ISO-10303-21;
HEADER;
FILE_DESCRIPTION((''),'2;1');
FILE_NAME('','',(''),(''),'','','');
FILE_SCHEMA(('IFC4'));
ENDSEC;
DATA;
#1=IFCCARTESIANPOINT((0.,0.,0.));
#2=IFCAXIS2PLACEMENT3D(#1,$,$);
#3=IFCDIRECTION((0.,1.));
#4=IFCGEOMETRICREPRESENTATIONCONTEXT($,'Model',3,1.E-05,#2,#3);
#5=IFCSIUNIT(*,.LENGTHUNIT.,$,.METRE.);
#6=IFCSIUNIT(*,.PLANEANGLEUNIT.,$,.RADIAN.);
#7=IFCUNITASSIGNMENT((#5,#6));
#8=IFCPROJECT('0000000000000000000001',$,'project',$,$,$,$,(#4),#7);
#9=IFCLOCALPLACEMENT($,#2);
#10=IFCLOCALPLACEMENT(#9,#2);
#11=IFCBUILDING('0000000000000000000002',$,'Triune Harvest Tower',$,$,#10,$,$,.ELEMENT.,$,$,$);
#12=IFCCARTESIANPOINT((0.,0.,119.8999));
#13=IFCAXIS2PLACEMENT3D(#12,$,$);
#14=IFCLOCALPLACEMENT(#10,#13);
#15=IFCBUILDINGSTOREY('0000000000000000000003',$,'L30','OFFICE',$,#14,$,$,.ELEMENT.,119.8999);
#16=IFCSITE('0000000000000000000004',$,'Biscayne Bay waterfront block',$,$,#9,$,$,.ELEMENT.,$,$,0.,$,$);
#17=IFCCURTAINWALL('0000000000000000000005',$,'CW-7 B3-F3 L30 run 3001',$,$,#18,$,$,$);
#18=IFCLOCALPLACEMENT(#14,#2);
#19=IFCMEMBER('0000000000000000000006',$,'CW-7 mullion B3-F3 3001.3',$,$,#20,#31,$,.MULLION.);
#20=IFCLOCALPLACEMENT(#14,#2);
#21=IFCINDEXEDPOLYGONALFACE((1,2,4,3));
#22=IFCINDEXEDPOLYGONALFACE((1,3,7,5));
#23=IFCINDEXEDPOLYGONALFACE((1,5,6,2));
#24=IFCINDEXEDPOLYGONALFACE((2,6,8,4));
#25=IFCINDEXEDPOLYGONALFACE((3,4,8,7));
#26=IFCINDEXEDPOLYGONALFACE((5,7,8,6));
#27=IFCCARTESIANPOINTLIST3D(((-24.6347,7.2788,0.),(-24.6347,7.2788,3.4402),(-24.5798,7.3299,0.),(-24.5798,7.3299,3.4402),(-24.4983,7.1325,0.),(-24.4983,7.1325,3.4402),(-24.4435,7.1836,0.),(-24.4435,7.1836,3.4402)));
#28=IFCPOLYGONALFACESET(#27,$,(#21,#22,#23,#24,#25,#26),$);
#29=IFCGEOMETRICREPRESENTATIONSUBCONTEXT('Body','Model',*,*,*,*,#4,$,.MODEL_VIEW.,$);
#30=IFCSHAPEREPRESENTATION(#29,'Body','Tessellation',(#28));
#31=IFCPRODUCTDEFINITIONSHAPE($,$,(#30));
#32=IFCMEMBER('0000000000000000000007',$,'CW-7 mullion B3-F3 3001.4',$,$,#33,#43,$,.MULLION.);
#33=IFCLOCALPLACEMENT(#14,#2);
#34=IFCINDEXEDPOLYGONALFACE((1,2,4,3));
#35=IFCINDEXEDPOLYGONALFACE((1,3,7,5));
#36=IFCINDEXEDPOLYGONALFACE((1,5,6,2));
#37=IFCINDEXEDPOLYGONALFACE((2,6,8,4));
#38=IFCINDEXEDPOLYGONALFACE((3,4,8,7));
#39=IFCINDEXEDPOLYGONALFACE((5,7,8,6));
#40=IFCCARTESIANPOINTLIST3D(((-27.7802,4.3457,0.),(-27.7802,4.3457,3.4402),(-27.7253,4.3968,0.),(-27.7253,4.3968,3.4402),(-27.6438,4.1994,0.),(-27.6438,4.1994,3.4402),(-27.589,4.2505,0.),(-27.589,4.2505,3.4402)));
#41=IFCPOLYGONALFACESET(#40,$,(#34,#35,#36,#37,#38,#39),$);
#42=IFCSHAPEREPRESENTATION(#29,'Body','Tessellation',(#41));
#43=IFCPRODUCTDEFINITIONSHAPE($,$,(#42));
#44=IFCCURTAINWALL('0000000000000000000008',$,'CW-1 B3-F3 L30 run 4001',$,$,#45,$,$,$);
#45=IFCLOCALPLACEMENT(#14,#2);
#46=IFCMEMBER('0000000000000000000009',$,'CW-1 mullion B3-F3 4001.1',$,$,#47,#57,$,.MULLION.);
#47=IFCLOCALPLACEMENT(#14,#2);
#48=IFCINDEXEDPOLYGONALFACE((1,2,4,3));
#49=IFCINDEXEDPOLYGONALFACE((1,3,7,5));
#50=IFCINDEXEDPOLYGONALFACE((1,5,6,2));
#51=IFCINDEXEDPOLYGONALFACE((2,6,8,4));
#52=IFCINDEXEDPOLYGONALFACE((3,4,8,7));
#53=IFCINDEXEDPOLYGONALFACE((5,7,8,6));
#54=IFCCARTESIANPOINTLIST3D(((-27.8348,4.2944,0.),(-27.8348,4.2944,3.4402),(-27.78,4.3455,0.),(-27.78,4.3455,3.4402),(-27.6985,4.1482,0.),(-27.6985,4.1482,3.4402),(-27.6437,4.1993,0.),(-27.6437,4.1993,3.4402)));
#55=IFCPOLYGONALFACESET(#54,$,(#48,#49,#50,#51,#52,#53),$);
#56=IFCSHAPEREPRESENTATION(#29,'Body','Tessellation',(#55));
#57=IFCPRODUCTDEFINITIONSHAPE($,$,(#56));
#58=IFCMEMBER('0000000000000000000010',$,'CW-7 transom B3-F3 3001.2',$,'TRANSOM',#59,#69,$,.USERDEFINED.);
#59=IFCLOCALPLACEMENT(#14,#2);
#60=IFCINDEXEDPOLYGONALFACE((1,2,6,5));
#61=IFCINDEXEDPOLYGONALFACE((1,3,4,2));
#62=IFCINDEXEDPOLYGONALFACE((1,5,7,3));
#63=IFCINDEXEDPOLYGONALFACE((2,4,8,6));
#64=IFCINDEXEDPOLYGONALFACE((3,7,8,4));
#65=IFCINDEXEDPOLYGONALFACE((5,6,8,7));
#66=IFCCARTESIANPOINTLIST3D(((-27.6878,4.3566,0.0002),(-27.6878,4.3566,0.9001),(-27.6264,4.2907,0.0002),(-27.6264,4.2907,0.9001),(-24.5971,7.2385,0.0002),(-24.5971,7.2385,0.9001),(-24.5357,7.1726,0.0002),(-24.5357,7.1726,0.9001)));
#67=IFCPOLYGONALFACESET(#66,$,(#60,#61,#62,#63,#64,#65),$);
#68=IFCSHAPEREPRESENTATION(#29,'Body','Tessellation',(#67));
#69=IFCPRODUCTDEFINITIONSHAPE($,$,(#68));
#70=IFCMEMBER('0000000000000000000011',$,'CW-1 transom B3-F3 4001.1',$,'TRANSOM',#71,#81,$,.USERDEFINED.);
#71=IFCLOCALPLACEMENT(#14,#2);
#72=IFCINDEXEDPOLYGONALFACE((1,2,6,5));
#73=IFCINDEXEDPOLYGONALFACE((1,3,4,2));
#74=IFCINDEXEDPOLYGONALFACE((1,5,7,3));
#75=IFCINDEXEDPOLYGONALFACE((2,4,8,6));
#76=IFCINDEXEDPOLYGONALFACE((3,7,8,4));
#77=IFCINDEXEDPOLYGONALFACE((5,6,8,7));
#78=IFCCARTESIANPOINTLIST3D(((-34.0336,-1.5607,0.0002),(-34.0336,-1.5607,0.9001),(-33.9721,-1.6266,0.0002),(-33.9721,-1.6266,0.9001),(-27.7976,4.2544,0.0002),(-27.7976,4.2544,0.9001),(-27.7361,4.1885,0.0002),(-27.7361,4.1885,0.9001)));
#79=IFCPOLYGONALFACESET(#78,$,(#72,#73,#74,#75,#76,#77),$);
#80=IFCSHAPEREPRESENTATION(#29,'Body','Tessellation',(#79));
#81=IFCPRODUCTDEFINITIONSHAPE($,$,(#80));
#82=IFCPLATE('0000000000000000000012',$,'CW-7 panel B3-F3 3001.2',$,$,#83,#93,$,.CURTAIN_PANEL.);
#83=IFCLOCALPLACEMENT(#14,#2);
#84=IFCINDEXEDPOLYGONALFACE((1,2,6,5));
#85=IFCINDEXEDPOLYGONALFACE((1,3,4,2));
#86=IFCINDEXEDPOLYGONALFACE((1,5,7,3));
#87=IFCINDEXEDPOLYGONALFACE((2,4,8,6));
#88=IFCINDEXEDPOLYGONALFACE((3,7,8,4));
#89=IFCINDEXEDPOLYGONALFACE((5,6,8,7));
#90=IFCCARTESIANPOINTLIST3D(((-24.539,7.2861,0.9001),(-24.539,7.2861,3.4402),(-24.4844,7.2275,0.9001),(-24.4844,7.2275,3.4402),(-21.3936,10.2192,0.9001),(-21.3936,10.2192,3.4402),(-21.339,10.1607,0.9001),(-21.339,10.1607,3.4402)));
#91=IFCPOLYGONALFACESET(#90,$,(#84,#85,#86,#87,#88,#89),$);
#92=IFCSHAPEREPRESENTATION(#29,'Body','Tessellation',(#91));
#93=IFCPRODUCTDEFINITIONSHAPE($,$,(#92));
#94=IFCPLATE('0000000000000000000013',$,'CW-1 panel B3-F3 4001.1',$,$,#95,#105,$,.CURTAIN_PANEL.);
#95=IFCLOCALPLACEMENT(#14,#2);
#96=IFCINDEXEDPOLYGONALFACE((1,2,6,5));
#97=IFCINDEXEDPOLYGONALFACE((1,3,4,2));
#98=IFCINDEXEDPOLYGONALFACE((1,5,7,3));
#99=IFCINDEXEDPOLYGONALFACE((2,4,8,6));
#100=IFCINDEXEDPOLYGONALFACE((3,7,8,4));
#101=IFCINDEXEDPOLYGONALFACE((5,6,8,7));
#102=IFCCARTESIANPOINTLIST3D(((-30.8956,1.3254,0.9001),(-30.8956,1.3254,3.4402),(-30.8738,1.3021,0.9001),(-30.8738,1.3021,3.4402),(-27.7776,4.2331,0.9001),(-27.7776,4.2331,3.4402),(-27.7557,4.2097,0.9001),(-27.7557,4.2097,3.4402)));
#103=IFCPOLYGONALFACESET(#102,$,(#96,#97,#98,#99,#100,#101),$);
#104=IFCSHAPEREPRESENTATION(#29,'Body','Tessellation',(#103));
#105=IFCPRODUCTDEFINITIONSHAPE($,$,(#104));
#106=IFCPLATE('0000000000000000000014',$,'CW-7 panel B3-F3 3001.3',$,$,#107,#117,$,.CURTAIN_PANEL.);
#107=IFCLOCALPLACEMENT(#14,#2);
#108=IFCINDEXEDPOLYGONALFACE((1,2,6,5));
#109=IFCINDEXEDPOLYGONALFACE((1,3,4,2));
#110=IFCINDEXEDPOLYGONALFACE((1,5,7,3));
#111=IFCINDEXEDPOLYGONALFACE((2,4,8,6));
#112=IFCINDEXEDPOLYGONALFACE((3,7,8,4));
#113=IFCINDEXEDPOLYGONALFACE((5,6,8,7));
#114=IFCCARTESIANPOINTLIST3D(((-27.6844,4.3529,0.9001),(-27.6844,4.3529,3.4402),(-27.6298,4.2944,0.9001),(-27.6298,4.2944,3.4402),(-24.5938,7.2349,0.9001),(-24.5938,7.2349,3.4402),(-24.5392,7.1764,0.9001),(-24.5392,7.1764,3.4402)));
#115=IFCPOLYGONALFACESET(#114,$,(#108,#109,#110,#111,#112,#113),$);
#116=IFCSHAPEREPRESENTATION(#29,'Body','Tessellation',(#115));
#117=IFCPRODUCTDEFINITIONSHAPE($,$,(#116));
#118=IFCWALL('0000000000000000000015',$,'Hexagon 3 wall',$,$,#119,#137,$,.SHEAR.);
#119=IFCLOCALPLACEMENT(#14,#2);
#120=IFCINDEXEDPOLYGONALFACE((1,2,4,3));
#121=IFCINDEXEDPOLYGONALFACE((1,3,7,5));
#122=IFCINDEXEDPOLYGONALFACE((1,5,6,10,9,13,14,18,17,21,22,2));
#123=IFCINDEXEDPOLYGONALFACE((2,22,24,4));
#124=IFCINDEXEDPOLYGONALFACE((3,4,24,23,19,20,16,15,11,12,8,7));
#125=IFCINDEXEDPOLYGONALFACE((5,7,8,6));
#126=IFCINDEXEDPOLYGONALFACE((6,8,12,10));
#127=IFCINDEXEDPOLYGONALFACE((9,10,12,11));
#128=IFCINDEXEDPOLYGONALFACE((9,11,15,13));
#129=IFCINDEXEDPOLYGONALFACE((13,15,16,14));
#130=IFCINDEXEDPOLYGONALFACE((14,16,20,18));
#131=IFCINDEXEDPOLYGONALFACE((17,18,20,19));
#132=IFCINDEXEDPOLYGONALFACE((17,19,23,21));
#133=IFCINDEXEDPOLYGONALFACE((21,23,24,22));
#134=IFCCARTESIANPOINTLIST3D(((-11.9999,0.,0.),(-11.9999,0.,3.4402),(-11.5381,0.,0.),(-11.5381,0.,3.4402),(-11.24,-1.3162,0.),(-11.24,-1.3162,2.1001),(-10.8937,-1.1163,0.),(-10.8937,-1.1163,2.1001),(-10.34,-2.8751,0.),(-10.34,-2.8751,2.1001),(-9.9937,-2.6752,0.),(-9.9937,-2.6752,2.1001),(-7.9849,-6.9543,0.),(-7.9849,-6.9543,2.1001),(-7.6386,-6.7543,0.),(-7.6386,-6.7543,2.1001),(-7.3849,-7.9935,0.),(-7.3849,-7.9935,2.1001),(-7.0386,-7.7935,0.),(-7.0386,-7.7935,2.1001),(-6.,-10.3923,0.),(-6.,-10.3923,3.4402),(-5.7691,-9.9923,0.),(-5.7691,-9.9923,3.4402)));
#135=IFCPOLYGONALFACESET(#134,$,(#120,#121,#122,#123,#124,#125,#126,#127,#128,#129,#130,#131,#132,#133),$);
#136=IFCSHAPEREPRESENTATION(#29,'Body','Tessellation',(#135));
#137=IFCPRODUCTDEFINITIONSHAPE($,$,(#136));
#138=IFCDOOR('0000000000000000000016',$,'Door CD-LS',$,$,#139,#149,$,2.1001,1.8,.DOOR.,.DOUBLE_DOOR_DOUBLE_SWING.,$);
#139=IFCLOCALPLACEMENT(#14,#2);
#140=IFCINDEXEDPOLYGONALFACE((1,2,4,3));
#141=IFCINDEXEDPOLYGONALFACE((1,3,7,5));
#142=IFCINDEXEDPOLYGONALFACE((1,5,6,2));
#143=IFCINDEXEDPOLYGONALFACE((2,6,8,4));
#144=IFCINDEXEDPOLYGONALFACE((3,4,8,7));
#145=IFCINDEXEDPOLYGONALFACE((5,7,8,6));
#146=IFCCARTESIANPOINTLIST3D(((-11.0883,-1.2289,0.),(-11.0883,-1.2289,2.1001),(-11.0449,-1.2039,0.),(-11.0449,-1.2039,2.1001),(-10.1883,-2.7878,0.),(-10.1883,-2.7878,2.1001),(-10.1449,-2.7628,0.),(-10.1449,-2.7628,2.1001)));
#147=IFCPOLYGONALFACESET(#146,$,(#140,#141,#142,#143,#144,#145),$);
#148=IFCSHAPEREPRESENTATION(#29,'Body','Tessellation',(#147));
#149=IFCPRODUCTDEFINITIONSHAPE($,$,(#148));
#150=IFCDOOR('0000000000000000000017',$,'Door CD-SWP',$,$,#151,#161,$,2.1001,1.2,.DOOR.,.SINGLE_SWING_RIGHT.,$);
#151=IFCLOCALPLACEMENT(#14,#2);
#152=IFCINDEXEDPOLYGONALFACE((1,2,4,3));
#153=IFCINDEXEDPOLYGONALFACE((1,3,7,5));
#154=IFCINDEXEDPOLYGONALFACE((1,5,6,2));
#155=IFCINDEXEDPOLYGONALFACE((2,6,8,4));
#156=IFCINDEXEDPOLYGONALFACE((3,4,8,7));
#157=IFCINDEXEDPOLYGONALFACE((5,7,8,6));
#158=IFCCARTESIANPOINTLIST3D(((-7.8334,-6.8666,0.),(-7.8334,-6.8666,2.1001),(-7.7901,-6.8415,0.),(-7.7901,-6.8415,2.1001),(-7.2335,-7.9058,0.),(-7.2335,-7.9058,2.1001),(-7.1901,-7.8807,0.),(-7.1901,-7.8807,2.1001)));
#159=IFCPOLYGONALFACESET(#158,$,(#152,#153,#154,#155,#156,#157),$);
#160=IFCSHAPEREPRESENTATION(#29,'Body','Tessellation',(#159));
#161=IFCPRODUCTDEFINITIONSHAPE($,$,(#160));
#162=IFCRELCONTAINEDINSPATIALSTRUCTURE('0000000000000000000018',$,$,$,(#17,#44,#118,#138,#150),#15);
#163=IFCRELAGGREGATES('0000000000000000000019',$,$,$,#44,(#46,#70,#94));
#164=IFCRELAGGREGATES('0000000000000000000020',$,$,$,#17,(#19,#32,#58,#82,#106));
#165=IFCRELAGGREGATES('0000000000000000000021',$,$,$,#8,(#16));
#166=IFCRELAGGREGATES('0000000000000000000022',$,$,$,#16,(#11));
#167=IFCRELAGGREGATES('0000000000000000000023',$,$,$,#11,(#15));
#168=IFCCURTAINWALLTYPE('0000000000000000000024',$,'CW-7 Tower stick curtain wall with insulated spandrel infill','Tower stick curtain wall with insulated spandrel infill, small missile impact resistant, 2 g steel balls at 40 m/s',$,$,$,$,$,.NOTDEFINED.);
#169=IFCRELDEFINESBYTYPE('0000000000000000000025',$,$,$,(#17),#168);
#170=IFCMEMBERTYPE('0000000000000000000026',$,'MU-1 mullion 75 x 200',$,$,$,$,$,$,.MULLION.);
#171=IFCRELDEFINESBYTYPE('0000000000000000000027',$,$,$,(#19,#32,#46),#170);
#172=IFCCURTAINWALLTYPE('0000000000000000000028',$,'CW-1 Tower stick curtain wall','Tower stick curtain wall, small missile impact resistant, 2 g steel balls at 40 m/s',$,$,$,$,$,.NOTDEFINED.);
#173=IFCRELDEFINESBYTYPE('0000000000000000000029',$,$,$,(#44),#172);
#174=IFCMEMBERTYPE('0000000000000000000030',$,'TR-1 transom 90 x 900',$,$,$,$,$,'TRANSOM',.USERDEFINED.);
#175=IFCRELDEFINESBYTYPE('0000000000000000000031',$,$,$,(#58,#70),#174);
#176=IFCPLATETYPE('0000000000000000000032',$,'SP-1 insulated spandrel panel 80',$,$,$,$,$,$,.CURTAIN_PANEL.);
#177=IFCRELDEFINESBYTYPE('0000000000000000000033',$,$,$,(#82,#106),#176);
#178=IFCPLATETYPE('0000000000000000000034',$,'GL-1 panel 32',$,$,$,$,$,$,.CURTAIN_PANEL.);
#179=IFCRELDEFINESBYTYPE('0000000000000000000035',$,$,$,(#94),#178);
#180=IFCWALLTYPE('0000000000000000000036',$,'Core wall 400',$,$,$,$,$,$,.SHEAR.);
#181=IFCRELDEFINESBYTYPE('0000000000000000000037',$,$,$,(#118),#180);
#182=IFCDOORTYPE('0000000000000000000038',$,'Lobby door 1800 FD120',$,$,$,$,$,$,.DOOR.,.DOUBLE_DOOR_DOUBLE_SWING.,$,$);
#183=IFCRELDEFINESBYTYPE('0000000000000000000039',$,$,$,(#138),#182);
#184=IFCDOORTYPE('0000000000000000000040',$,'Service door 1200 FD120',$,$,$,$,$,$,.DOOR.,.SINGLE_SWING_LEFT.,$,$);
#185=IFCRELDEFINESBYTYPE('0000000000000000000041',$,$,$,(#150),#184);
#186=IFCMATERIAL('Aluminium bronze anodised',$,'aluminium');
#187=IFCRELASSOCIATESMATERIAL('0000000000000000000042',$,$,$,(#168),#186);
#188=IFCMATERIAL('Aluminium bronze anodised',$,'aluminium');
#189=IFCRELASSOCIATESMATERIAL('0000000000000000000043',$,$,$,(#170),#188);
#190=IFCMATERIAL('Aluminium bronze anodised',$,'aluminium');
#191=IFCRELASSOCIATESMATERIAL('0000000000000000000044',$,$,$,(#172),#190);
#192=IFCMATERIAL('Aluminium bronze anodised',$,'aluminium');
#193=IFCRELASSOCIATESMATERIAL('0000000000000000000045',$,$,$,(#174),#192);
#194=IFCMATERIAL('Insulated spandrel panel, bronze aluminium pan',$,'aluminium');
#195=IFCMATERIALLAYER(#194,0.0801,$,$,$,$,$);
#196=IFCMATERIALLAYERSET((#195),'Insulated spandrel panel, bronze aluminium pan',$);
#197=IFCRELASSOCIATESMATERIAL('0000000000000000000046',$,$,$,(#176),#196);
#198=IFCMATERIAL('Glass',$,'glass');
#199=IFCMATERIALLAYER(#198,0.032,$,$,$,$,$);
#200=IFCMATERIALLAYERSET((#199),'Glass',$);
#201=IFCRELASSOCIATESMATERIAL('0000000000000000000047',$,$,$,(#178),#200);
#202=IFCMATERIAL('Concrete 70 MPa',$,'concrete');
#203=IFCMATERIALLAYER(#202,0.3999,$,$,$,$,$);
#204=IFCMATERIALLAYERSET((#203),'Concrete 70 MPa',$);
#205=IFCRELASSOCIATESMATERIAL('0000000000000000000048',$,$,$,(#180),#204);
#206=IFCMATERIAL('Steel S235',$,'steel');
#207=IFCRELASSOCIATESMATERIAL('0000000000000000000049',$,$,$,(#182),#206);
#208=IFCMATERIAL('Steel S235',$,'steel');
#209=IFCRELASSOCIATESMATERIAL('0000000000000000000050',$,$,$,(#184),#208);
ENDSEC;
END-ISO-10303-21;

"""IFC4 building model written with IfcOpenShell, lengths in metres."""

from ifc_helpers import new_model, si_unit, direction, frame, frame_2d, origin, origin_2d, place, context, subcontext, project, spatial, polyline, rectangle, outline, extrude, source, transform, mapped, material, layer, layer_set, material_profile, profile_set, type_object, element, fill, aggregate, save


model = new_model("IFC4")

# Units and contexts
model_context = context("Model", 3, precision=1e-05, world=origin(), true_north=direction((0.0, 1.0)))
body_context = subcontext(model_context, "Body", "Model", "MODEL_VIEW")
ifc_project = project(units=[si_unit("LENGTHUNIT", "METRE"), si_unit("PLANEANGLEUNIT", "RADIAN")], contexts=[model_context])

# Site, building, storey
site_placement = place(None, origin())
site = spatial("IfcSite", under=ifc_project, at=site_placement, Name="Biscayne Bay waterfront block", CompositionType="ELEMENT", RefElevation=0.0)
building_placement = place(site_placement, origin())
building = spatial("IfcBuilding", under=site, at=building_placement, Name="Triune Harvest Tower", CompositionType="ELEMENT")
storey_placement = place(building_placement, frame((0.0, 0.0, 119.8999)))
storey = spatial("IfcBuildingStorey", under=building, at=storey_placement, Name="L30", Description="OFFICE", CompositionType="ELEMENT", Elevation=119.8999)

# Curtain wall, members
ifc_material_1 = material(Name="Aluminium bronze anodised", Category="aluminium")
curtain_wall_type_1 = type_object("IfcCurtainWallType", Name="CW-7 Tower stick curtain wall with insulated spandrel infill", Description="Tower stick curtain wall with insulated spandrel infill, small missile impact resistant, 2 g steel balls at 40 m/s", PredefinedType="NOTDEFINED", material=ifc_material_1)
curtain_wall_1_placement = place(storey_placement, origin())
curtain_wall_1 = element("IfcCurtainWall", 1, at=curtain_wall_1_placement, inside=storey, type_object=curtain_wall_type_1, Name="CW-7 B3-F3 L30 run 3001")
ifc_material_2 = material(Name="Aluminium bronze anodised", Category="aluminium")
ifc_material_profile_1 = material_profile(ifc_material_2, rectangle(XDim=0.2, YDim=0.075, at=origin_2d()), Name="MU-1 mullion 75 x 200")
ifc_profile_set_1 = profile_set([ifc_material_profile_1], Name="Aluminium bronze anodised")
member_type_1 = type_object("IfcMemberType", Name="MU-1 mullion 75 x 200", PredefinedType="MULLION", material=ifc_profile_set_1)
shared_shape_1 = source(origin(), body_context, "Body", "SweptSolid", [
    extrude(rectangle(XDim=0.2, YDim=0.075, at=origin_2d()), origin(), (0.0, 0.0, 1.0), 3.4402),
])
member_1_placement = place(storey_placement, frame((-24.5391, 7.2312, 0.0), z_axis=(0.0, 0.0, 1.0), x_axis=(0.681997, -0.731355, 0.0)))
member_1 = element("IfcMember", 2, at=member_1_placement, type_object=member_type_1, Name="CW-7 mullion B3-F3 3001.3", PredefinedType="MULLION", context=body_context, shape_type="MappedRepresentation", body=[
    mapped(shared_shape_1, transform((0.0, 0.0, 0.0), scale=1.0)),
])
member_2_placement = place(storey_placement, frame((-27.6846, 4.2981, 0.0), z_axis=(0.0, 0.0, 1.0), x_axis=(0.681997, -0.731355, 0.0)))
member_2 = element("IfcMember", 3, at=member_2_placement, type_object=member_type_1, Name="CW-7 mullion B3-F3 3001.4", PredefinedType="MULLION", context=body_context, shape_type="MappedRepresentation", body=[
    mapped(shared_shape_1, transform((0.0, 0.0, 0.0), scale=1.0)),
])

# Curtain wall, member
ifc_material_3 = material(Name="Aluminium bronze anodised", Category="aluminium")
curtain_wall_type_2 = type_object("IfcCurtainWallType", Name="CW-1 Tower stick curtain wall", Description="Tower stick curtain wall, small missile impact resistant, 2 g steel balls at 40 m/s", PredefinedType="NOTDEFINED", material=ifc_material_3)
curtain_wall_2_placement = place(storey_placement, origin())
curtain_wall_2 = element("IfcCurtainWall", 4, at=curtain_wall_2_placement, inside=storey, type_object=curtain_wall_type_2, Name="CW-1 B3-F3 L30 run 4001")
member_3_placement = place(storey_placement, frame((-27.7393, 4.2468, 0.0), z_axis=(0.0, 0.0, 1.0), x_axis=(0.681998, -0.731354, 0.0)))
member_3 = element("IfcMember", 5, at=member_3_placement, type_object=member_type_1, Name="CW-1 mullion B3-F3 4001.1", PredefinedType="MULLION", context=body_context, shape_type="MappedRepresentation", body=[
    mapped(shared_shape_1, transform((0.0, 0.0, 0.0), scale=1.0)),
])

# Members
ifc_material_4 = material(Name="Aluminium bronze anodised", Category="aluminium")
ifc_material_profile_2 = material_profile(ifc_material_4, rectangle(XDim=0.0901, YDim=0.8999, at=origin_2d()), Name="TR-1 transom 90 x 900")
ifc_profile_set_2 = profile_set([ifc_material_profile_2], Name="Aluminium bronze anodised")
member_type_2 = type_object("IfcMemberType", Name="TR-1 transom 90 x 900", ElementType="TRANSOM", PredefinedType="USERDEFINED", material=ifc_profile_set_2)
shared_shape_2 = source(origin(), body_context, "Body", "SweptSolid", [
    extrude(rectangle(XDim=0.0901, YDim=0.8999, at=origin_2d()), origin(), (0.0, 0.0, 1.0), 4.2258),
])
member_4_placement = place(storey_placement, frame((-24.5664, 7.2056, 0.4502), z_axis=(-0.731374, -0.681976, 0.0), x_axis=(0.681976, -0.731374, 0.0)))
member_4 = element("IfcMember", 6, at=member_4_placement, type_object=member_type_2, Name="CW-7 transom B3-F3 3001.2", ObjectType="TRANSOM", PredefinedType="USERDEFINED", context=body_context, shape_type="MappedRepresentation", body=[
    mapped(shared_shape_2, transform((0.0, 0.0, 0.0), scale=1.0)),
])
shared_shape_3 = source(origin(), body_context, "Body", "SweptSolid", [
    extrude(rectangle(XDim=0.0901, YDim=0.8999, at=origin_2d()), origin(), (0.0, 0.0, 1.0), 8.5266),
])
member_5_placement = place(storey_placement, frame((-27.7668, 4.2214, 0.4502), z_axis=(-0.731357, -0.681995, 0.0), x_axis=(0.681995, -0.731357, 0.0)))
member_5 = element("IfcMember", 7, at=member_5_placement, type_object=member_type_2, Name="CW-1 transom B3-F3 4001.1", ObjectType="TRANSOM", PredefinedType="USERDEFINED", context=body_context, shape_type="MappedRepresentation", body=[
    mapped(shared_shape_3, transform((0.0, 0.0, 0.0), scale=1.0)),
])

# Plates
ifc_material_5 = material(Name="Insulated spandrel panel, bronze aluminium pan", Category="aluminium")
ifc_layer_1 = layer(ifc_material_5, 0.0801)
ifc_layer_set_1 = layer_set([ifc_layer_1], Name="Insulated spandrel panel, bronze aluminium pan")
plate_type_1 = type_object("IfcPlateType", Name="SP-1 insulated spandrel panel 80", PredefinedType="CURTAIN_PANEL", material=ifc_layer_set_1)
shared_shape_4 = source(origin(), body_context, "Body", "SweptSolid", [
    extrude(rectangle(XDim=4.3008, YDim=0.0801, at=origin_2d()), origin(), (0.0, 0.0, 1.0), 2.54),
])
plate_1_placement = place(storey_placement, frame((-22.939, 8.7234, 0.9001), z_axis=(0.0, 0.0, 1.0), x_axis=(-0.731355, -0.681997, 0.0)))
plate_1 = element("IfcPlate", 8, at=plate_1_placement, type_object=plate_type_1, Name="CW-7 panel B3-F3 3001.2", PredefinedType="CURTAIN_PANEL", context=body_context, shape_type="MappedRepresentation", body=[
    mapped(shared_shape_4, transform((0.0, 0.0, 0.0), scale=1.0)),
])
ifc_material_6 = material(Name="Glass", Category="glass")
ifc_layer_2 = layer(ifc_material_6, 0.032)
ifc_layer_set_2 = layer_set([ifc_layer_2], Name="Glass")
plate_type_2 = type_object("IfcPlateType", Name="GL-1 panel 32", PredefinedType="CURTAIN_PANEL", material=ifc_layer_set_2)
shared_shape_5 = source(origin(), body_context, "Body", "SweptSolid", [
    extrude(rectangle(XDim=4.2634, YDim=0.032, at=origin_2d()), origin(), (0.0, 0.0, 1.0), 2.54),
])
plate_2_placement = place(storey_placement, frame((-29.3257, 2.7676, 0.9001), z_axis=(0.0, 0.0, 1.0), x_axis=(-0.731354, -0.681998, 0.0)))
plate_2 = element("IfcPlate", 9, at=plate_2_placement, type_object=plate_type_2, Name="CW-1 panel B3-F3 4001.1", PredefinedType="CURTAIN_PANEL", context=body_context, shape_type="MappedRepresentation", body=[
    mapped(shared_shape_5, transform((0.0, 0.0, 0.0), scale=1.0)),
])
aggregate(curtain_wall_2, [member_3, member_5, plate_2])
shared_shape_6 = source(origin(), body_context, "Body", "SweptSolid", [
    extrude(rectangle(XDim=4.2258, YDim=0.0801, at=origin_2d()), origin(), (0.0, 0.0, 1.0), 2.54),
])
plate_3_placement = place(storey_placement, frame((-26.1118, 5.7646, 0.9001), z_axis=(0.0, 0.0, 1.0), x_axis=(-0.731355, -0.681997, 0.0)))
plate_3 = element("IfcPlate", 10, at=plate_3_placement, type_object=plate_type_1, Name="CW-7 panel B3-F3 3001.3", PredefinedType="CURTAIN_PANEL", context=body_context, shape_type="MappedRepresentation", body=[
    mapped(shared_shape_6, transform((0.0, 0.0, 0.0), scale=1.0)),
])
aggregate(curtain_wall_1, [member_1, member_2, member_4, plate_1, plate_3])

# Wall, openings, doors
ifc_material_7 = material(Name="Concrete 70 MPa", Category="concrete")
ifc_layer_3 = layer(ifc_material_7, 0.3999)
ifc_layer_set_3 = layer_set([ifc_layer_3], Name="Concrete 70 MPa")
wall_type_1 = type_object("IfcWallType", Name="Core wall 400", PredefinedType="SHEAR", material=ifc_layer_set_3)
shared_shape_7 = source(origin(), body_context, "Body", "SweptSolid", [
    extrude(outline(polyline([(-0.1155, -0.2), (11.8845, -0.2), (11.6536, 0.2), (0.1155, 0.2), (-0.1155, -0.2)])), origin(), (0.0, 0.0, 1.0), 3.4402),
])
wall_1_placement = place(storey_placement, frame((-11.769, 0.0, 0.0), z_axis=(0.0, 0.0, 1.0), x_axis=(0.499997, -0.866027, 0.0)))
wall_1 = element("IfcWall", 11, at=wall_1_placement, inside=storey, type_object=wall_type_1, Name="Hexagon 3 wall", PredefinedType="SHEAR", context=body_context, shape_type="MappedRepresentation", body=[
    mapped(shared_shape_7, transform((0.0, 0.0, 0.0), scale=1.0)),
])
opening_1_placement = place(wall_1_placement, frame((1.4045, 0.0, 0.0)))
opening_1 = element("IfcOpeningElement", 12, at=opening_1_placement, cuts=wall_1, PredefinedType="OPENING", context=body_context, shape_type="SweptSolid", body=[
    extrude(rectangle(XDim=1.8, YDim=2.1001, at=frame_2d((0.8999, 1.05))), frame((0.0, 0.21, 0.0), z_axis=(0.0, -1.0, 0.0), x_axis=(1.0, 0.0, 0.0)), (0.0, 0.0, 1.0), 0.4199),
])
opening_2_placement = place(wall_1_placement, frame((7.9146, 0.0, 0.0)))
opening_2 = element("IfcOpeningElement", 13, at=opening_2_placement, cuts=wall_1, PredefinedType="OPENING", context=body_context, shape_type="SweptSolid", body=[
    extrude(rectangle(XDim=1.2, YDim=2.1001, at=frame_2d((0.6001, 1.05))), frame((0.0, 0.21, 0.0), z_axis=(0.0, -1.0, 0.0), x_axis=(1.0, 0.0, 0.0)), (0.0, 0.0, 1.0), 0.4199),
])
ifc_material_8 = material(Name="Steel S235", Category="steel")
door_type_1 = type_object("IfcDoorType", Name="Lobby door 1800 FD120", OperationType="DOUBLE_DOOR_DOUBLE_SWING", PredefinedType="DOOR", material=ifc_material_8)
door_1_placement = place(opening_1_placement, frame((1.8, 0.0, 0.0), z_axis=(0.0, 0.0, 1.0), x_axis=(-1.0, 0.0, 0.0)))
door_1 = element("IfcDoor", 14, at=door_1_placement, inside=storey, type_object=door_type_1, Name="Door CD-LS", OperationType="DOUBLE_DOOR_DOUBLE_SWING", OverallHeight=2.1001, OverallWidth=1.8, PredefinedType="DOOR", context=body_context, shape_type="SweptSolid", body=[
    extrude(rectangle(XDim=1.8, YDim=2.1001, at=frame_2d((0.8999, 1.05))), frame((0.0, 0.0249, 0.0), z_axis=(0.0, -1.0, 0.0), x_axis=(1.0, 0.0, 0.0)), (0.0, 0.0, 1.0), 0.05),
])
fill(opening_1, door_1)
ifc_material_9 = material(Name="Steel S235", Category="steel")
door_type_2 = type_object("IfcDoorType", Name="Service door 1200 FD120", OperationType="SINGLE_SWING_LEFT", PredefinedType="DOOR", material=ifc_material_9)
door_2_placement = place(opening_2_placement, frame((1.2, 0.0, 0.0), z_axis=(0.0, 0.0, 1.0), x_axis=(-1.0, 0.0, 0.0)))
door_2 = element("IfcDoor", 15, at=door_2_placement, inside=storey, type_object=door_type_2, Name="Door CD-SWP", OperationType="SINGLE_SWING_RIGHT", OverallHeight=2.1001, OverallWidth=1.2, PredefinedType="DOOR", context=body_context, shape_type="SweptSolid", body=[
    extrude(rectangle(XDim=1.2, YDim=2.1001, at=frame_2d((0.6001, 1.05))), frame((0.0, 0.0249, 0.0), z_axis=(0.0, -1.0, 0.0), x_axis=(1.0, 0.0, 0.0)), (0.0, 0.0, 1.0), 0.05),
])
fill(opening_2, door_2)

save(model, "model.ifc")
